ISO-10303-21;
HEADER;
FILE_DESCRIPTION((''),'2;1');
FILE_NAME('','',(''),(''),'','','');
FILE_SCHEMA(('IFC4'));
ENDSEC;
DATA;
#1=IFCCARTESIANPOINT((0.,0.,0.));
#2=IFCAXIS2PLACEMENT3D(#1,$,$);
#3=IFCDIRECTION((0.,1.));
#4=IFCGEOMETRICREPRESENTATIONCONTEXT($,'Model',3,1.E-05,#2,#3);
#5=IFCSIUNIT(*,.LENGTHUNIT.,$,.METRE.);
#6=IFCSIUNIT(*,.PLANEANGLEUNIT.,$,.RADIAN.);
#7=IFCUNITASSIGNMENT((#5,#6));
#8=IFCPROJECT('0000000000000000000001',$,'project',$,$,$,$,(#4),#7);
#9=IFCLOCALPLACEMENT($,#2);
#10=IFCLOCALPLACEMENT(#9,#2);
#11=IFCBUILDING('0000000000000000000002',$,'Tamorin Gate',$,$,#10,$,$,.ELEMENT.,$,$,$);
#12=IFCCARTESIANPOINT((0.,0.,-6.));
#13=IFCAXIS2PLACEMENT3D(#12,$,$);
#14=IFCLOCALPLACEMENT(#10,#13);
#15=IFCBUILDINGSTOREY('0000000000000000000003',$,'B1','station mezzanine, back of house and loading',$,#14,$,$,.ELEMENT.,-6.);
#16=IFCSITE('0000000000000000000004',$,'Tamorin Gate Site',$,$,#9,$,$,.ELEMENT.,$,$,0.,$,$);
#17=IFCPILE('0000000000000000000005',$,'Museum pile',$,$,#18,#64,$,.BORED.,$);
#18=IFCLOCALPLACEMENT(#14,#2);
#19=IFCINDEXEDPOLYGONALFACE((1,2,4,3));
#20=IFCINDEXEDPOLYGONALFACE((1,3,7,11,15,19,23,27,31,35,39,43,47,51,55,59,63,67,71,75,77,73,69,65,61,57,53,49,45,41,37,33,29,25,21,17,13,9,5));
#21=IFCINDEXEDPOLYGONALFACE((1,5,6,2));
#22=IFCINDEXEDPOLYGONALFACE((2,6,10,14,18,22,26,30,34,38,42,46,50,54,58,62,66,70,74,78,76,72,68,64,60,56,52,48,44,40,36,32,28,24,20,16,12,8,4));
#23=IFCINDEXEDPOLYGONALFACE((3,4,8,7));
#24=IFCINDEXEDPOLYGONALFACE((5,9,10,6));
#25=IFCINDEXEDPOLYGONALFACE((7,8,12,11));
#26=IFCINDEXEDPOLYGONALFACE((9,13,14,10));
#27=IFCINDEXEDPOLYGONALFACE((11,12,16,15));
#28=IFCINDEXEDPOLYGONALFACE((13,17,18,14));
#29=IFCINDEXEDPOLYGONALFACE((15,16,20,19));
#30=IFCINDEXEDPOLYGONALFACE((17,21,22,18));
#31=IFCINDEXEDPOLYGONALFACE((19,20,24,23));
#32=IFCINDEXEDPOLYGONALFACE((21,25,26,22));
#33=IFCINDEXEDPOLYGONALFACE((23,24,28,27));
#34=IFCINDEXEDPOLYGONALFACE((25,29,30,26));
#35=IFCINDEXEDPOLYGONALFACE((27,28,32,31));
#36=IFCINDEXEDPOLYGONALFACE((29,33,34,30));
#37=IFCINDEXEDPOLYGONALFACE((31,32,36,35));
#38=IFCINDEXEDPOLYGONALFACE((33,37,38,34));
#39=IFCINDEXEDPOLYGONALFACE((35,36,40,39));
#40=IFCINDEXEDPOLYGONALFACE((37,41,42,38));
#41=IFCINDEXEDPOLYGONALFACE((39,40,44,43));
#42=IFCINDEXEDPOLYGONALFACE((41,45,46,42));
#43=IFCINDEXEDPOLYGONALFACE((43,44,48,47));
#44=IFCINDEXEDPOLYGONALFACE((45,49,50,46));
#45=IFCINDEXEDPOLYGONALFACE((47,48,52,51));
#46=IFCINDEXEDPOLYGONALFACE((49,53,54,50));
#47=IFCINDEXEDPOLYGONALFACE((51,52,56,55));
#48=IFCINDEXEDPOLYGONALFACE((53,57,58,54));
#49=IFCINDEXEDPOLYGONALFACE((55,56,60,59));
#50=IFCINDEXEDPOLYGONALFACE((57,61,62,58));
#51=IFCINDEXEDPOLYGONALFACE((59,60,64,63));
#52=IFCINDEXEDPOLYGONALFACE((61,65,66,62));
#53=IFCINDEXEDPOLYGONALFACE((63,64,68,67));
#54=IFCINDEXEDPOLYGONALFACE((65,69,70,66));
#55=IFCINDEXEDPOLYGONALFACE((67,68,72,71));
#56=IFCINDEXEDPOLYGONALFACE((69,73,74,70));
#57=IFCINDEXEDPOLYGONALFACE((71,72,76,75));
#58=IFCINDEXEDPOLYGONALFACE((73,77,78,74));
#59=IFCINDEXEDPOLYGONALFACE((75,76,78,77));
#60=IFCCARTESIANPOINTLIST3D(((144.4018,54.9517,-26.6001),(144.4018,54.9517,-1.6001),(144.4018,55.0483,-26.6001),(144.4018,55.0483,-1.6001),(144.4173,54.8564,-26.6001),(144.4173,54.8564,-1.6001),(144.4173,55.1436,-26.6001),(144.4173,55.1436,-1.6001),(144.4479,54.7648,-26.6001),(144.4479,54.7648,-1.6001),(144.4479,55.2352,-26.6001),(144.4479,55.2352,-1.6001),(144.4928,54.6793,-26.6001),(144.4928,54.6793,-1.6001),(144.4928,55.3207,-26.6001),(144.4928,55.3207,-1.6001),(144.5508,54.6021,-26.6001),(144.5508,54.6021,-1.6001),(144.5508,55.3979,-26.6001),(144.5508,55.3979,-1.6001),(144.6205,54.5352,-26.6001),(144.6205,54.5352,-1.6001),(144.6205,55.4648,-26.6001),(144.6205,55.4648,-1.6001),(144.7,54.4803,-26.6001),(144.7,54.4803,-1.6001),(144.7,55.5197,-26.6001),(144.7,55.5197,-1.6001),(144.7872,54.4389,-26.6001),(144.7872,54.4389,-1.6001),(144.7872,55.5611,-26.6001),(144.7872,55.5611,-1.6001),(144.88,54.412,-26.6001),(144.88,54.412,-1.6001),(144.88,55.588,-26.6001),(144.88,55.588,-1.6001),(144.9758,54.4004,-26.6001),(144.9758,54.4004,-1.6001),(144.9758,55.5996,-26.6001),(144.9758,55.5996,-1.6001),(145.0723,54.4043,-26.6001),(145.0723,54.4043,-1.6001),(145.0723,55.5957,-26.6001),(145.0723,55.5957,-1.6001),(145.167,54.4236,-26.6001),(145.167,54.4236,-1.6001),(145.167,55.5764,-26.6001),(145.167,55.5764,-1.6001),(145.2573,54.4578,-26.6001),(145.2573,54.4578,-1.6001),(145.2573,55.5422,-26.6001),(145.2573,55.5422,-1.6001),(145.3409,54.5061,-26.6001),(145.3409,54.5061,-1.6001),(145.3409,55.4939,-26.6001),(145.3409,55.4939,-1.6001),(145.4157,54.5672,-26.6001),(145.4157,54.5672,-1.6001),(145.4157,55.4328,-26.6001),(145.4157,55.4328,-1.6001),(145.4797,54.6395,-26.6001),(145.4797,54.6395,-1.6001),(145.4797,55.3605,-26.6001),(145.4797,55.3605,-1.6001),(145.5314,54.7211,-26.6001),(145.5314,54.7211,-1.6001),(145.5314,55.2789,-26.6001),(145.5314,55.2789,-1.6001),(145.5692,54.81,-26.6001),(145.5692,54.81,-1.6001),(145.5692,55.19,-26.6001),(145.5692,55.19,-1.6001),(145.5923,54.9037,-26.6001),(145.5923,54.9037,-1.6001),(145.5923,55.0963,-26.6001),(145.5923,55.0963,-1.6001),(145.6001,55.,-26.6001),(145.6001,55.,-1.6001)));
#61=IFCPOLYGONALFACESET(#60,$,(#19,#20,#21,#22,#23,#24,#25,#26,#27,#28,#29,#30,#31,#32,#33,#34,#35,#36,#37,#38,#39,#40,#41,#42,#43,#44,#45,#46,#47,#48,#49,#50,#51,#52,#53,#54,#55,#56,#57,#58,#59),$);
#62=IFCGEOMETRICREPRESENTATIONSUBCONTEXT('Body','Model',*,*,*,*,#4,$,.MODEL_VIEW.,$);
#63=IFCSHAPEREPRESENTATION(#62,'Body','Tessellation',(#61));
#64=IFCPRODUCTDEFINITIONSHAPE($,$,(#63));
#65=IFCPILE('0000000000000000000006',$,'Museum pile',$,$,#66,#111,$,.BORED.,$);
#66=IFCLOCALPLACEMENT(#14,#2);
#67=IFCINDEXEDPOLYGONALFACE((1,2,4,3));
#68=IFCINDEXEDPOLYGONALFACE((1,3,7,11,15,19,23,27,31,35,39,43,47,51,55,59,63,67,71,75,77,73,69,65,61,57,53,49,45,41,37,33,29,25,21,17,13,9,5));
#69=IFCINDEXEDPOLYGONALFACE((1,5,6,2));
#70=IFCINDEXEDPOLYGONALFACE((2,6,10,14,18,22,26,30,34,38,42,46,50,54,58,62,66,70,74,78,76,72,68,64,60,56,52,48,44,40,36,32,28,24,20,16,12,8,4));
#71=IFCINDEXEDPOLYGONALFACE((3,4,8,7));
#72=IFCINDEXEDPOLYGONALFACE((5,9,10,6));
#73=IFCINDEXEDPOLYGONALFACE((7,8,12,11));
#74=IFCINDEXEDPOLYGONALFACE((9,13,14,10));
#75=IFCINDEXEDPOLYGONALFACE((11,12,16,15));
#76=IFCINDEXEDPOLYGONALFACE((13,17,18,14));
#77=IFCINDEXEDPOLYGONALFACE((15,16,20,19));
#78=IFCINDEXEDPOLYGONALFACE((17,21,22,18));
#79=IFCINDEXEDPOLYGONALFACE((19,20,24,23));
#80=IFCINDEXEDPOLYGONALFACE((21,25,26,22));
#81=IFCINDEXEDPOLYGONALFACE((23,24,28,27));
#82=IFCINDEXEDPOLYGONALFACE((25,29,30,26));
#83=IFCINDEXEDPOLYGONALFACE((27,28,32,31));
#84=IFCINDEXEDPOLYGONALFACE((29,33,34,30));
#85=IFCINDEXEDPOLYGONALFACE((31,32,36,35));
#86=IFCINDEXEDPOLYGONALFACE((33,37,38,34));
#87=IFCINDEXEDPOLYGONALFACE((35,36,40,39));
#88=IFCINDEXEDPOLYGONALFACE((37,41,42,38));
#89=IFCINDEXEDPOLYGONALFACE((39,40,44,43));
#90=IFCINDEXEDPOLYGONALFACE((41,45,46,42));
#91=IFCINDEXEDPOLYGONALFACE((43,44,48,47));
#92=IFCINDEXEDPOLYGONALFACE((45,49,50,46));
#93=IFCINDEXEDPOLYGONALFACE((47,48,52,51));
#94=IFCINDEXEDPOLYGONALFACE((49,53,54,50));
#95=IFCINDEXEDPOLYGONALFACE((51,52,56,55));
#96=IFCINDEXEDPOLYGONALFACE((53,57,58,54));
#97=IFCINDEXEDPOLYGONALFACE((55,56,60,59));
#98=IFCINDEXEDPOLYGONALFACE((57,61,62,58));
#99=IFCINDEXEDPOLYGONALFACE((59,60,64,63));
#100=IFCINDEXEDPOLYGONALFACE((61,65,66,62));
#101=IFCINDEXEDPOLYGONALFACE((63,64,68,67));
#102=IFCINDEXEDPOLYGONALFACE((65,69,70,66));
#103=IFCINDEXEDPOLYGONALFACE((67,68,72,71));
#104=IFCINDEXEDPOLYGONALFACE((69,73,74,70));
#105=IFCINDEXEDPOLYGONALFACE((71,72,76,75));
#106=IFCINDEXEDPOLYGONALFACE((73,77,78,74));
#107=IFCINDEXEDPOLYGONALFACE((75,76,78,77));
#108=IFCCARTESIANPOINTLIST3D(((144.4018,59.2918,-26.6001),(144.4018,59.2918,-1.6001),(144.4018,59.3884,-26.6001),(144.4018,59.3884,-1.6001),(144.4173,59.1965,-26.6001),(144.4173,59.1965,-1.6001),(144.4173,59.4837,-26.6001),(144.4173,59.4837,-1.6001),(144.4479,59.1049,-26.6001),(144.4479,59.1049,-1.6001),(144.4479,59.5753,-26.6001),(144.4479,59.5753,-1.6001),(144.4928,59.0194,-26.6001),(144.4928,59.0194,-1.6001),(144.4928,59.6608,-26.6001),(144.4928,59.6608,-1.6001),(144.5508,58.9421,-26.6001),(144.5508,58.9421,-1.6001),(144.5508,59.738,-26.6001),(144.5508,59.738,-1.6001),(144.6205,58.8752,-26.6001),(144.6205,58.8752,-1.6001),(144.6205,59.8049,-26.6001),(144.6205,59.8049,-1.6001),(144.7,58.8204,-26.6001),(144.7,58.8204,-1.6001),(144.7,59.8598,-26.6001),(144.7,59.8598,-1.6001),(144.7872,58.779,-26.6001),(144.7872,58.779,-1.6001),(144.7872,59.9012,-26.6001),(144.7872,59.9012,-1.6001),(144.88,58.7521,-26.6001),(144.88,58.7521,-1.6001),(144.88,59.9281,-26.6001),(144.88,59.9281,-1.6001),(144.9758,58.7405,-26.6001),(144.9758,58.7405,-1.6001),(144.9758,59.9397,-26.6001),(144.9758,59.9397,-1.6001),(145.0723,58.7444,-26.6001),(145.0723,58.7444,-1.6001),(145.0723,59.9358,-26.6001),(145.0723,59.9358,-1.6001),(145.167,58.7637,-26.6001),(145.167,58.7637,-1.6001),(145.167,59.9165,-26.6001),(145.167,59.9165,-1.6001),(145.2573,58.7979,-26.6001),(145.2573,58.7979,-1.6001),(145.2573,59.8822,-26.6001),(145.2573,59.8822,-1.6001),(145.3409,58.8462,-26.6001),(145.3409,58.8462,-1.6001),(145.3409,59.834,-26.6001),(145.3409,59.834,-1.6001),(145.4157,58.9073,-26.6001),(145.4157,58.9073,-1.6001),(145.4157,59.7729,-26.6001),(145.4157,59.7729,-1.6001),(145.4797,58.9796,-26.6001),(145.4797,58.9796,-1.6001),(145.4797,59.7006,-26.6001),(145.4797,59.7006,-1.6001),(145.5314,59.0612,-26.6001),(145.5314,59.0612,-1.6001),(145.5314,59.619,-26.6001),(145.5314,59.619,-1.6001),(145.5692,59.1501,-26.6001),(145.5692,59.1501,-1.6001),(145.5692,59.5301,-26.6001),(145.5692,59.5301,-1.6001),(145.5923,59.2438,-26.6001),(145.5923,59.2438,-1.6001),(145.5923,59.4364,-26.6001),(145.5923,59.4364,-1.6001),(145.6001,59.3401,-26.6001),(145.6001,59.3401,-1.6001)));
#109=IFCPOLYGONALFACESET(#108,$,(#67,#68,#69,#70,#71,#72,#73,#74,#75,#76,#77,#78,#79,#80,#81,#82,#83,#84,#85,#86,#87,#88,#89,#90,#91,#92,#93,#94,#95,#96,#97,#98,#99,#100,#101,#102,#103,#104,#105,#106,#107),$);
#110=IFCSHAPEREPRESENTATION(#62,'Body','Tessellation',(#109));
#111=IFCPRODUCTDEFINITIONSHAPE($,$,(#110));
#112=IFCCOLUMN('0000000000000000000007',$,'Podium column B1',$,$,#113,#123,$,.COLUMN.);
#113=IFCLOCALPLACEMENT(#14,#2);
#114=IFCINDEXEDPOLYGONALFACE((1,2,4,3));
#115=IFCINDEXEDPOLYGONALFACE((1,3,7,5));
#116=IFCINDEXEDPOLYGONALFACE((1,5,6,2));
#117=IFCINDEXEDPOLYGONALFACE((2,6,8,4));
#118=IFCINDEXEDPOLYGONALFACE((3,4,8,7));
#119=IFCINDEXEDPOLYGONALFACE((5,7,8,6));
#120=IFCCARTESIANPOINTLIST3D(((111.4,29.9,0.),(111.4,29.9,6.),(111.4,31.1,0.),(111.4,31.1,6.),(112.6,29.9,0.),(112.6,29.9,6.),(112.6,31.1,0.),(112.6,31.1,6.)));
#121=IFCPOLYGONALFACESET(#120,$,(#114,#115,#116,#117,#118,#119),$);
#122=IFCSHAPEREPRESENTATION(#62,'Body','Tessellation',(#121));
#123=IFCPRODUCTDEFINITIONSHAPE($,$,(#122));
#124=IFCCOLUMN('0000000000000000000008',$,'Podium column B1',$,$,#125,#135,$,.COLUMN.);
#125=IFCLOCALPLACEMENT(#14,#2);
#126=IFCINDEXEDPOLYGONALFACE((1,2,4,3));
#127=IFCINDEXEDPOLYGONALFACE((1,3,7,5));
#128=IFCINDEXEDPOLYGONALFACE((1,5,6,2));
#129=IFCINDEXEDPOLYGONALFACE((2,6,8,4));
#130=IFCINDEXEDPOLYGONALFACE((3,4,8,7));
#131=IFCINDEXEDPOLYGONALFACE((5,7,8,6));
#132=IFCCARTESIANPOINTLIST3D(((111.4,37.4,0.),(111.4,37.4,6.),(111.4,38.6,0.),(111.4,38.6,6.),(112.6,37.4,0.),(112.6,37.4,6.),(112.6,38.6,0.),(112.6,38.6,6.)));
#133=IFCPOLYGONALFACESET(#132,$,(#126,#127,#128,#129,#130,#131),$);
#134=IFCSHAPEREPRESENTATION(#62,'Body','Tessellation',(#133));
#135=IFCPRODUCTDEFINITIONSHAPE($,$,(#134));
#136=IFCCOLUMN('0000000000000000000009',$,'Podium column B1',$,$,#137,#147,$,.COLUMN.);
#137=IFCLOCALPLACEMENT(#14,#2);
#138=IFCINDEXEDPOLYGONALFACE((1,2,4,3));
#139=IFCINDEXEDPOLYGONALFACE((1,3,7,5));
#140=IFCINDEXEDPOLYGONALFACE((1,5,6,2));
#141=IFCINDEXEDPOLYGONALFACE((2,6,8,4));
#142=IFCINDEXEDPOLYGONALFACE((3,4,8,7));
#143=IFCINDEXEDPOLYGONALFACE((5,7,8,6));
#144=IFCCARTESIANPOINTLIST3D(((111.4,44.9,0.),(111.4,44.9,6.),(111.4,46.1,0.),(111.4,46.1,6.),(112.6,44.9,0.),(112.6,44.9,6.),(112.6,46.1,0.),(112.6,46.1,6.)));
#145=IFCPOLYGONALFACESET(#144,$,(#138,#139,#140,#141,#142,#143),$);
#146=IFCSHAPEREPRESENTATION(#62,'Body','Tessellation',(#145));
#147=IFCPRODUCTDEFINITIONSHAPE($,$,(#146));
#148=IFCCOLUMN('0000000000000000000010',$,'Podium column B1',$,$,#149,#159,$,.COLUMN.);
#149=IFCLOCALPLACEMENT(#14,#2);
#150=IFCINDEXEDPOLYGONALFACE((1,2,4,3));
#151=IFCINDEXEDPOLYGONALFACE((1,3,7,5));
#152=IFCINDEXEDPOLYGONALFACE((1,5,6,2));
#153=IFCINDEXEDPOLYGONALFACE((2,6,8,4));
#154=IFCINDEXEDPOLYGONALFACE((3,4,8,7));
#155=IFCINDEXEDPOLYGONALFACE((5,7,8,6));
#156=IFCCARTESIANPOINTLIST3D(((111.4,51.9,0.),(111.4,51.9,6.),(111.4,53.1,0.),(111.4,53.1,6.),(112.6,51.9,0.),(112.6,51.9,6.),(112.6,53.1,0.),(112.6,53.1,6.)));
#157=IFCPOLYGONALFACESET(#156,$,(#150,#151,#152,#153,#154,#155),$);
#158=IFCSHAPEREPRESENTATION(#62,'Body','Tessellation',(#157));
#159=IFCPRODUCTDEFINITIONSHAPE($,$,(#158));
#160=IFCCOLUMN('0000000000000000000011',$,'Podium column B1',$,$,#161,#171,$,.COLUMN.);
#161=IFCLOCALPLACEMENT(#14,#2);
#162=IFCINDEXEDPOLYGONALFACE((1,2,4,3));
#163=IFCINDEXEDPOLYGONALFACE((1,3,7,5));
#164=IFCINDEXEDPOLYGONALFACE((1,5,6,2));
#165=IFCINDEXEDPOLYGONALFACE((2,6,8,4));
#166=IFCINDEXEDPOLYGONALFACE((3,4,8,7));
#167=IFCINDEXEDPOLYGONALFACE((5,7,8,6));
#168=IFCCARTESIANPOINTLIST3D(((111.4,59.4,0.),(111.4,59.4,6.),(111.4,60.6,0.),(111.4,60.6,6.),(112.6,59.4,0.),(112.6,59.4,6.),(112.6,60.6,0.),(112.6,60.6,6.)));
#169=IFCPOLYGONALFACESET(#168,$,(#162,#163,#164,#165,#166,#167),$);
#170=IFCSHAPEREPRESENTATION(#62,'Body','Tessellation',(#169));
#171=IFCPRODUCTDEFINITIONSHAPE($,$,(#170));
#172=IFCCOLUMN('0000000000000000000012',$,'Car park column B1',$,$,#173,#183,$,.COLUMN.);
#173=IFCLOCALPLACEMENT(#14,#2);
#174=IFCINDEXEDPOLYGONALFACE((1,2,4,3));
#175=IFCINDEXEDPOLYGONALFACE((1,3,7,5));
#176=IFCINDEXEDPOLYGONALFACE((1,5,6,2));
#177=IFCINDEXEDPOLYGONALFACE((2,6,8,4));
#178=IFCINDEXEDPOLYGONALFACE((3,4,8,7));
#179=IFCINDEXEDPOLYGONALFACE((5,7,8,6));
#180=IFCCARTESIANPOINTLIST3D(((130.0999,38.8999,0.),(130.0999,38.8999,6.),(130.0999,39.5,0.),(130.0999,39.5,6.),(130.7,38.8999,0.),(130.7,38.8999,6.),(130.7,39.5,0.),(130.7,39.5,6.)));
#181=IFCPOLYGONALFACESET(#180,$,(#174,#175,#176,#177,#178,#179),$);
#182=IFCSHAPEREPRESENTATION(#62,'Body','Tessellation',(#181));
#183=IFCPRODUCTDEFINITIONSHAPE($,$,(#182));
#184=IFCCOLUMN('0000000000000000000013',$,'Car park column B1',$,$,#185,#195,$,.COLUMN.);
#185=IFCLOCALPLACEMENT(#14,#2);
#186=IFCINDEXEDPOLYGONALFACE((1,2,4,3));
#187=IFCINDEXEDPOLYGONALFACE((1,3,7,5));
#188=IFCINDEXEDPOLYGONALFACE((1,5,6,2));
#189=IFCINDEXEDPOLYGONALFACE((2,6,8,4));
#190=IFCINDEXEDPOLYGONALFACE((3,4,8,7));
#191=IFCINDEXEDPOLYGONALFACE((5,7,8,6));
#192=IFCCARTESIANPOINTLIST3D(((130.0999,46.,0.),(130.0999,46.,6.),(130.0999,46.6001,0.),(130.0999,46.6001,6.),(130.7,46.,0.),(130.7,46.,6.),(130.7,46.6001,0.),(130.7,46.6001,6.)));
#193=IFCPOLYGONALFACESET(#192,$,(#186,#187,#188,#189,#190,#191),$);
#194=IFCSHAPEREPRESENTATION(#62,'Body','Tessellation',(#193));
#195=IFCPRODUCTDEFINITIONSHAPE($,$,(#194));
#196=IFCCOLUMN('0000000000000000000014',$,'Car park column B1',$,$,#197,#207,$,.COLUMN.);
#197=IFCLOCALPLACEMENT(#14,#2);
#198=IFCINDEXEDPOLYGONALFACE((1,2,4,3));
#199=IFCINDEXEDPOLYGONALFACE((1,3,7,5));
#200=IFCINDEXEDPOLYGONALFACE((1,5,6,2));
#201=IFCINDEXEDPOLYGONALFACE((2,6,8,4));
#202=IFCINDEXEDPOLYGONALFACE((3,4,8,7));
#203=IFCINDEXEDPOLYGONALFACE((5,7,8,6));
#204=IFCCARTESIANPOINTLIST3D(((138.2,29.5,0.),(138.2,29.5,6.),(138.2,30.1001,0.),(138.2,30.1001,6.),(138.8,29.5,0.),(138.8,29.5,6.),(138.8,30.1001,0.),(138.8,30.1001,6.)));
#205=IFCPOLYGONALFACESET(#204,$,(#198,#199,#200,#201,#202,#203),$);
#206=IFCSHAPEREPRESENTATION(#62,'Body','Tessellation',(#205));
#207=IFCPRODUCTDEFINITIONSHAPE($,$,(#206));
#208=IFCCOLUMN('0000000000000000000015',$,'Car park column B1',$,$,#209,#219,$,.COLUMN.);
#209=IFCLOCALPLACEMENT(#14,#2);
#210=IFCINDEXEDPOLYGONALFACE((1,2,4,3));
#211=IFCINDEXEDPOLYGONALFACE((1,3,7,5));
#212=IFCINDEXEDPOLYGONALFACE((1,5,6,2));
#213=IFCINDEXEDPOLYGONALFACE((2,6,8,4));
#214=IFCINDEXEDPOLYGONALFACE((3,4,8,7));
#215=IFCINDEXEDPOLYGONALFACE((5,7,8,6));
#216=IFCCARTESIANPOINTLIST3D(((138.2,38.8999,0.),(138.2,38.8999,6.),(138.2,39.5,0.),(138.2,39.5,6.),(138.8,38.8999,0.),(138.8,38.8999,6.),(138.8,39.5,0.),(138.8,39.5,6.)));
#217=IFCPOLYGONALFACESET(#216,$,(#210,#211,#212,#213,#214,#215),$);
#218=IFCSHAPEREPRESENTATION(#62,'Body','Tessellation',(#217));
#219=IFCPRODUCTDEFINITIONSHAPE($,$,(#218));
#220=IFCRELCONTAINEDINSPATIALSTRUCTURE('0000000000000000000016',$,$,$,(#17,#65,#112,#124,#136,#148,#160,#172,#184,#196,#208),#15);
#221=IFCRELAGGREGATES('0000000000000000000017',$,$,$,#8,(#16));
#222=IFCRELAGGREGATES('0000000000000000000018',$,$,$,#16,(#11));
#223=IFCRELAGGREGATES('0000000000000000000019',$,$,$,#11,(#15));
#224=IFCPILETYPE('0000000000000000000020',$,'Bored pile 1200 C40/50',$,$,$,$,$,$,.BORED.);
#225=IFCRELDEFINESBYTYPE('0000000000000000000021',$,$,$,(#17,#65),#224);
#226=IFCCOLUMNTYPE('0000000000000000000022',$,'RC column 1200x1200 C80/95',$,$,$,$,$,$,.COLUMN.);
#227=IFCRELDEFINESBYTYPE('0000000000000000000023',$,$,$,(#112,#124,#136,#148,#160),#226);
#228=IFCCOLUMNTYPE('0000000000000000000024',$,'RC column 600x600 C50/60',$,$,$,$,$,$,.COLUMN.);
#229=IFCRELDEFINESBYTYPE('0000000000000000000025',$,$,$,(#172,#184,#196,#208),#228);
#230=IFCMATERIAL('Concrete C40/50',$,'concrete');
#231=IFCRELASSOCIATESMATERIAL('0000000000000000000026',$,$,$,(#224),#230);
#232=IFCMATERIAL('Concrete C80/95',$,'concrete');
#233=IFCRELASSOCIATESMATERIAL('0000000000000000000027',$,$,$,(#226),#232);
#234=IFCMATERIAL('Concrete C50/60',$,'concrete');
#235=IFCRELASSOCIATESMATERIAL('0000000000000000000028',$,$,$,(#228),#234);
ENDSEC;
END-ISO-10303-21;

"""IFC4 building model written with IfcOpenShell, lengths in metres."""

from ifc_helpers import new_model, si_unit, direction, frame, origin, origin_2d, place, context, subcontext, project, spatial, rectangle, circle, extrude, material, material_profile, profile_set, type_object, element, save


model = new_model("IFC4")

# Units and contexts
model_context = context("Model", 3, precision=1e-05, world=origin(), true_north=direction((0.0, 1.0)))
body_context = subcontext(model_context, "Body", "Model", "MODEL_VIEW")
ifc_project = project(units=[si_unit("LENGTHUNIT", "METRE"), si_unit("PLANEANGLEUNIT", "RADIAN")], contexts=[model_context])

# Site, building, storey
site_placement = place(None, origin())
site = spatial("IfcSite", under=ifc_project, at=site_placement, Name="Tamorin Gate Site", CompositionType="ELEMENT", RefElevation=0.0)
building_placement = place(site_placement, origin())
building = spatial("IfcBuilding", under=site, at=building_placement, Name="Tamorin Gate", CompositionType="ELEMENT")
storey_placement = place(building_placement, frame((0.0, 0.0, -6.0)))
storey = spatial("IfcBuildingStorey", under=building, at=storey_placement, Name="B1", Description="station mezzanine, back of house and loading", CompositionType="ELEMENT", Elevation=-6.0)

# Piles
ifc_material_1 = material(Name="Concrete C40/50", Category="concrete")
ifc_material_profile_1 = material_profile(ifc_material_1, circle(Radius=0.6001, at=origin_2d()))
ifc_profile_set_1 = profile_set([ifc_material_profile_1], Name="Concrete C40/50")
pile_type = type_object("IfcPileType", Name="Bored pile 1200 C40/50", PredefinedType="BORED", material=ifc_profile_set_1)
for number, where, z_axis, x_axis, name in (
    (1, (145.0, 55.0, -1.6001), (0.0, 0.0, -1.0), (1.0, 0.0, 0.0), "Museum pile"),
    (2, (145.0, 59.3401, -1.6001), (0.0, 0.0, -1.0), (1.0, 0.0, 0.0), "Museum pile"),
):
    element("IfcPile", number, at=place(storey_placement, frame(where, z_axis=z_axis, x_axis=x_axis)), inside=storey, type_object=pile_type, Name=name, PredefinedType="BORED", context=body_context, shape_type="SweptSolid", body=[
        extrude(circle(Radius=0.6001, at=origin_2d()), origin(), (0.0, 0.0, 1.0), 25.0),
    ])

# Columns
ifc_material_2 = material(Name="Concrete C80/95", Category="concrete")
ifc_material_profile_2 = material_profile(ifc_material_2, rectangle(XDim=1.2, YDim=1.2, at=origin_2d()), Name="RC 1200x1200")
ifc_profile_set_2 = profile_set([ifc_material_profile_2], Name="Concrete C80/95")
column_type_1 = type_object("IfcColumnType", Name="RC column 1200x1200 C80/95", PredefinedType="COLUMN", material=ifc_profile_set_2)
for number, where, z_axis, x_axis, name in (
    (3, (112.0, 30.5, 0.0), (0.0, 0.0, 1.0), (1.0, 0.0, 0.0), "Podium column B1"),
    (4, (112.0, 38.0, 0.0), (0.0, 0.0, 1.0), (1.0, 0.0, 0.0), "Podium column B1"),
    (5, (112.0, 45.5, 0.0), (0.0, 0.0, 1.0), (1.0, 0.0, 0.0), "Podium column B1"),
    (6, (112.0, 52.5, 0.0), (0.0, 0.0, 1.0), (1.0, 0.0, 0.0), "Podium column B1"),
    (7, (112.0, 60.0, 0.0), (0.0, 0.0, 1.0), (1.0, 0.0, 0.0), "Podium column B1"),
):
    element("IfcColumn", number, at=place(storey_placement, frame(where, z_axis=z_axis, x_axis=x_axis)), inside=storey, type_object=column_type_1, Name=name, PredefinedType="COLUMN", context=body_context, shape_type="SweptSolid", body=[
        extrude(rectangle(XDim=1.2, YDim=1.2, at=origin_2d()), origin(), (0.0, 0.0, 1.0), 6.0),
    ])
ifc_material_3 = material(Name="Concrete C50/60", Category="concrete")
ifc_material_profile_3 = material_profile(ifc_material_3, rectangle(XDim=0.6001, YDim=0.6001, at=origin_2d()))
ifc_profile_set_3 = profile_set([ifc_material_profile_3], Name="Concrete C50/60")
column_type_2 = type_object("IfcColumnType", Name="RC column 600x600 C50/60", PredefinedType="COLUMN", material=ifc_profile_set_3)
for number, where, z_axis, x_axis, name in (
    (8, (130.3999, 39.2, 0.0), (0.0, 0.0, 1.0), (1.0, 0.0, 0.0), "Car park column B1"),
    (9, (130.3999, 46.3, 0.0), (0.0, 0.0, 1.0), (1.0, 0.0, 0.0), "Car park column B1"),
    (10, (138.5, 29.8, 0.0), (0.0, 0.0, 1.0), (1.0, 0.0, 0.0), "Car park column B1"),
    (11, (138.5, 39.2, 0.0), (0.0, 0.0, 1.0), (1.0, 0.0, 0.0), "Car park column B1"),
):
    element("IfcColumn", number, at=place(storey_placement, frame(where, z_axis=z_axis, x_axis=x_axis)), inside=storey, type_object=column_type_2, Name=name, PredefinedType="COLUMN", context=body_context, shape_type="SweptSolid", body=[
        extrude(rectangle(XDim=0.6001, YDim=0.6001, at=origin_2d()), origin(), (0.0, 0.0, 1.0), 6.0),
    ])

save(model, "model.ifc")
